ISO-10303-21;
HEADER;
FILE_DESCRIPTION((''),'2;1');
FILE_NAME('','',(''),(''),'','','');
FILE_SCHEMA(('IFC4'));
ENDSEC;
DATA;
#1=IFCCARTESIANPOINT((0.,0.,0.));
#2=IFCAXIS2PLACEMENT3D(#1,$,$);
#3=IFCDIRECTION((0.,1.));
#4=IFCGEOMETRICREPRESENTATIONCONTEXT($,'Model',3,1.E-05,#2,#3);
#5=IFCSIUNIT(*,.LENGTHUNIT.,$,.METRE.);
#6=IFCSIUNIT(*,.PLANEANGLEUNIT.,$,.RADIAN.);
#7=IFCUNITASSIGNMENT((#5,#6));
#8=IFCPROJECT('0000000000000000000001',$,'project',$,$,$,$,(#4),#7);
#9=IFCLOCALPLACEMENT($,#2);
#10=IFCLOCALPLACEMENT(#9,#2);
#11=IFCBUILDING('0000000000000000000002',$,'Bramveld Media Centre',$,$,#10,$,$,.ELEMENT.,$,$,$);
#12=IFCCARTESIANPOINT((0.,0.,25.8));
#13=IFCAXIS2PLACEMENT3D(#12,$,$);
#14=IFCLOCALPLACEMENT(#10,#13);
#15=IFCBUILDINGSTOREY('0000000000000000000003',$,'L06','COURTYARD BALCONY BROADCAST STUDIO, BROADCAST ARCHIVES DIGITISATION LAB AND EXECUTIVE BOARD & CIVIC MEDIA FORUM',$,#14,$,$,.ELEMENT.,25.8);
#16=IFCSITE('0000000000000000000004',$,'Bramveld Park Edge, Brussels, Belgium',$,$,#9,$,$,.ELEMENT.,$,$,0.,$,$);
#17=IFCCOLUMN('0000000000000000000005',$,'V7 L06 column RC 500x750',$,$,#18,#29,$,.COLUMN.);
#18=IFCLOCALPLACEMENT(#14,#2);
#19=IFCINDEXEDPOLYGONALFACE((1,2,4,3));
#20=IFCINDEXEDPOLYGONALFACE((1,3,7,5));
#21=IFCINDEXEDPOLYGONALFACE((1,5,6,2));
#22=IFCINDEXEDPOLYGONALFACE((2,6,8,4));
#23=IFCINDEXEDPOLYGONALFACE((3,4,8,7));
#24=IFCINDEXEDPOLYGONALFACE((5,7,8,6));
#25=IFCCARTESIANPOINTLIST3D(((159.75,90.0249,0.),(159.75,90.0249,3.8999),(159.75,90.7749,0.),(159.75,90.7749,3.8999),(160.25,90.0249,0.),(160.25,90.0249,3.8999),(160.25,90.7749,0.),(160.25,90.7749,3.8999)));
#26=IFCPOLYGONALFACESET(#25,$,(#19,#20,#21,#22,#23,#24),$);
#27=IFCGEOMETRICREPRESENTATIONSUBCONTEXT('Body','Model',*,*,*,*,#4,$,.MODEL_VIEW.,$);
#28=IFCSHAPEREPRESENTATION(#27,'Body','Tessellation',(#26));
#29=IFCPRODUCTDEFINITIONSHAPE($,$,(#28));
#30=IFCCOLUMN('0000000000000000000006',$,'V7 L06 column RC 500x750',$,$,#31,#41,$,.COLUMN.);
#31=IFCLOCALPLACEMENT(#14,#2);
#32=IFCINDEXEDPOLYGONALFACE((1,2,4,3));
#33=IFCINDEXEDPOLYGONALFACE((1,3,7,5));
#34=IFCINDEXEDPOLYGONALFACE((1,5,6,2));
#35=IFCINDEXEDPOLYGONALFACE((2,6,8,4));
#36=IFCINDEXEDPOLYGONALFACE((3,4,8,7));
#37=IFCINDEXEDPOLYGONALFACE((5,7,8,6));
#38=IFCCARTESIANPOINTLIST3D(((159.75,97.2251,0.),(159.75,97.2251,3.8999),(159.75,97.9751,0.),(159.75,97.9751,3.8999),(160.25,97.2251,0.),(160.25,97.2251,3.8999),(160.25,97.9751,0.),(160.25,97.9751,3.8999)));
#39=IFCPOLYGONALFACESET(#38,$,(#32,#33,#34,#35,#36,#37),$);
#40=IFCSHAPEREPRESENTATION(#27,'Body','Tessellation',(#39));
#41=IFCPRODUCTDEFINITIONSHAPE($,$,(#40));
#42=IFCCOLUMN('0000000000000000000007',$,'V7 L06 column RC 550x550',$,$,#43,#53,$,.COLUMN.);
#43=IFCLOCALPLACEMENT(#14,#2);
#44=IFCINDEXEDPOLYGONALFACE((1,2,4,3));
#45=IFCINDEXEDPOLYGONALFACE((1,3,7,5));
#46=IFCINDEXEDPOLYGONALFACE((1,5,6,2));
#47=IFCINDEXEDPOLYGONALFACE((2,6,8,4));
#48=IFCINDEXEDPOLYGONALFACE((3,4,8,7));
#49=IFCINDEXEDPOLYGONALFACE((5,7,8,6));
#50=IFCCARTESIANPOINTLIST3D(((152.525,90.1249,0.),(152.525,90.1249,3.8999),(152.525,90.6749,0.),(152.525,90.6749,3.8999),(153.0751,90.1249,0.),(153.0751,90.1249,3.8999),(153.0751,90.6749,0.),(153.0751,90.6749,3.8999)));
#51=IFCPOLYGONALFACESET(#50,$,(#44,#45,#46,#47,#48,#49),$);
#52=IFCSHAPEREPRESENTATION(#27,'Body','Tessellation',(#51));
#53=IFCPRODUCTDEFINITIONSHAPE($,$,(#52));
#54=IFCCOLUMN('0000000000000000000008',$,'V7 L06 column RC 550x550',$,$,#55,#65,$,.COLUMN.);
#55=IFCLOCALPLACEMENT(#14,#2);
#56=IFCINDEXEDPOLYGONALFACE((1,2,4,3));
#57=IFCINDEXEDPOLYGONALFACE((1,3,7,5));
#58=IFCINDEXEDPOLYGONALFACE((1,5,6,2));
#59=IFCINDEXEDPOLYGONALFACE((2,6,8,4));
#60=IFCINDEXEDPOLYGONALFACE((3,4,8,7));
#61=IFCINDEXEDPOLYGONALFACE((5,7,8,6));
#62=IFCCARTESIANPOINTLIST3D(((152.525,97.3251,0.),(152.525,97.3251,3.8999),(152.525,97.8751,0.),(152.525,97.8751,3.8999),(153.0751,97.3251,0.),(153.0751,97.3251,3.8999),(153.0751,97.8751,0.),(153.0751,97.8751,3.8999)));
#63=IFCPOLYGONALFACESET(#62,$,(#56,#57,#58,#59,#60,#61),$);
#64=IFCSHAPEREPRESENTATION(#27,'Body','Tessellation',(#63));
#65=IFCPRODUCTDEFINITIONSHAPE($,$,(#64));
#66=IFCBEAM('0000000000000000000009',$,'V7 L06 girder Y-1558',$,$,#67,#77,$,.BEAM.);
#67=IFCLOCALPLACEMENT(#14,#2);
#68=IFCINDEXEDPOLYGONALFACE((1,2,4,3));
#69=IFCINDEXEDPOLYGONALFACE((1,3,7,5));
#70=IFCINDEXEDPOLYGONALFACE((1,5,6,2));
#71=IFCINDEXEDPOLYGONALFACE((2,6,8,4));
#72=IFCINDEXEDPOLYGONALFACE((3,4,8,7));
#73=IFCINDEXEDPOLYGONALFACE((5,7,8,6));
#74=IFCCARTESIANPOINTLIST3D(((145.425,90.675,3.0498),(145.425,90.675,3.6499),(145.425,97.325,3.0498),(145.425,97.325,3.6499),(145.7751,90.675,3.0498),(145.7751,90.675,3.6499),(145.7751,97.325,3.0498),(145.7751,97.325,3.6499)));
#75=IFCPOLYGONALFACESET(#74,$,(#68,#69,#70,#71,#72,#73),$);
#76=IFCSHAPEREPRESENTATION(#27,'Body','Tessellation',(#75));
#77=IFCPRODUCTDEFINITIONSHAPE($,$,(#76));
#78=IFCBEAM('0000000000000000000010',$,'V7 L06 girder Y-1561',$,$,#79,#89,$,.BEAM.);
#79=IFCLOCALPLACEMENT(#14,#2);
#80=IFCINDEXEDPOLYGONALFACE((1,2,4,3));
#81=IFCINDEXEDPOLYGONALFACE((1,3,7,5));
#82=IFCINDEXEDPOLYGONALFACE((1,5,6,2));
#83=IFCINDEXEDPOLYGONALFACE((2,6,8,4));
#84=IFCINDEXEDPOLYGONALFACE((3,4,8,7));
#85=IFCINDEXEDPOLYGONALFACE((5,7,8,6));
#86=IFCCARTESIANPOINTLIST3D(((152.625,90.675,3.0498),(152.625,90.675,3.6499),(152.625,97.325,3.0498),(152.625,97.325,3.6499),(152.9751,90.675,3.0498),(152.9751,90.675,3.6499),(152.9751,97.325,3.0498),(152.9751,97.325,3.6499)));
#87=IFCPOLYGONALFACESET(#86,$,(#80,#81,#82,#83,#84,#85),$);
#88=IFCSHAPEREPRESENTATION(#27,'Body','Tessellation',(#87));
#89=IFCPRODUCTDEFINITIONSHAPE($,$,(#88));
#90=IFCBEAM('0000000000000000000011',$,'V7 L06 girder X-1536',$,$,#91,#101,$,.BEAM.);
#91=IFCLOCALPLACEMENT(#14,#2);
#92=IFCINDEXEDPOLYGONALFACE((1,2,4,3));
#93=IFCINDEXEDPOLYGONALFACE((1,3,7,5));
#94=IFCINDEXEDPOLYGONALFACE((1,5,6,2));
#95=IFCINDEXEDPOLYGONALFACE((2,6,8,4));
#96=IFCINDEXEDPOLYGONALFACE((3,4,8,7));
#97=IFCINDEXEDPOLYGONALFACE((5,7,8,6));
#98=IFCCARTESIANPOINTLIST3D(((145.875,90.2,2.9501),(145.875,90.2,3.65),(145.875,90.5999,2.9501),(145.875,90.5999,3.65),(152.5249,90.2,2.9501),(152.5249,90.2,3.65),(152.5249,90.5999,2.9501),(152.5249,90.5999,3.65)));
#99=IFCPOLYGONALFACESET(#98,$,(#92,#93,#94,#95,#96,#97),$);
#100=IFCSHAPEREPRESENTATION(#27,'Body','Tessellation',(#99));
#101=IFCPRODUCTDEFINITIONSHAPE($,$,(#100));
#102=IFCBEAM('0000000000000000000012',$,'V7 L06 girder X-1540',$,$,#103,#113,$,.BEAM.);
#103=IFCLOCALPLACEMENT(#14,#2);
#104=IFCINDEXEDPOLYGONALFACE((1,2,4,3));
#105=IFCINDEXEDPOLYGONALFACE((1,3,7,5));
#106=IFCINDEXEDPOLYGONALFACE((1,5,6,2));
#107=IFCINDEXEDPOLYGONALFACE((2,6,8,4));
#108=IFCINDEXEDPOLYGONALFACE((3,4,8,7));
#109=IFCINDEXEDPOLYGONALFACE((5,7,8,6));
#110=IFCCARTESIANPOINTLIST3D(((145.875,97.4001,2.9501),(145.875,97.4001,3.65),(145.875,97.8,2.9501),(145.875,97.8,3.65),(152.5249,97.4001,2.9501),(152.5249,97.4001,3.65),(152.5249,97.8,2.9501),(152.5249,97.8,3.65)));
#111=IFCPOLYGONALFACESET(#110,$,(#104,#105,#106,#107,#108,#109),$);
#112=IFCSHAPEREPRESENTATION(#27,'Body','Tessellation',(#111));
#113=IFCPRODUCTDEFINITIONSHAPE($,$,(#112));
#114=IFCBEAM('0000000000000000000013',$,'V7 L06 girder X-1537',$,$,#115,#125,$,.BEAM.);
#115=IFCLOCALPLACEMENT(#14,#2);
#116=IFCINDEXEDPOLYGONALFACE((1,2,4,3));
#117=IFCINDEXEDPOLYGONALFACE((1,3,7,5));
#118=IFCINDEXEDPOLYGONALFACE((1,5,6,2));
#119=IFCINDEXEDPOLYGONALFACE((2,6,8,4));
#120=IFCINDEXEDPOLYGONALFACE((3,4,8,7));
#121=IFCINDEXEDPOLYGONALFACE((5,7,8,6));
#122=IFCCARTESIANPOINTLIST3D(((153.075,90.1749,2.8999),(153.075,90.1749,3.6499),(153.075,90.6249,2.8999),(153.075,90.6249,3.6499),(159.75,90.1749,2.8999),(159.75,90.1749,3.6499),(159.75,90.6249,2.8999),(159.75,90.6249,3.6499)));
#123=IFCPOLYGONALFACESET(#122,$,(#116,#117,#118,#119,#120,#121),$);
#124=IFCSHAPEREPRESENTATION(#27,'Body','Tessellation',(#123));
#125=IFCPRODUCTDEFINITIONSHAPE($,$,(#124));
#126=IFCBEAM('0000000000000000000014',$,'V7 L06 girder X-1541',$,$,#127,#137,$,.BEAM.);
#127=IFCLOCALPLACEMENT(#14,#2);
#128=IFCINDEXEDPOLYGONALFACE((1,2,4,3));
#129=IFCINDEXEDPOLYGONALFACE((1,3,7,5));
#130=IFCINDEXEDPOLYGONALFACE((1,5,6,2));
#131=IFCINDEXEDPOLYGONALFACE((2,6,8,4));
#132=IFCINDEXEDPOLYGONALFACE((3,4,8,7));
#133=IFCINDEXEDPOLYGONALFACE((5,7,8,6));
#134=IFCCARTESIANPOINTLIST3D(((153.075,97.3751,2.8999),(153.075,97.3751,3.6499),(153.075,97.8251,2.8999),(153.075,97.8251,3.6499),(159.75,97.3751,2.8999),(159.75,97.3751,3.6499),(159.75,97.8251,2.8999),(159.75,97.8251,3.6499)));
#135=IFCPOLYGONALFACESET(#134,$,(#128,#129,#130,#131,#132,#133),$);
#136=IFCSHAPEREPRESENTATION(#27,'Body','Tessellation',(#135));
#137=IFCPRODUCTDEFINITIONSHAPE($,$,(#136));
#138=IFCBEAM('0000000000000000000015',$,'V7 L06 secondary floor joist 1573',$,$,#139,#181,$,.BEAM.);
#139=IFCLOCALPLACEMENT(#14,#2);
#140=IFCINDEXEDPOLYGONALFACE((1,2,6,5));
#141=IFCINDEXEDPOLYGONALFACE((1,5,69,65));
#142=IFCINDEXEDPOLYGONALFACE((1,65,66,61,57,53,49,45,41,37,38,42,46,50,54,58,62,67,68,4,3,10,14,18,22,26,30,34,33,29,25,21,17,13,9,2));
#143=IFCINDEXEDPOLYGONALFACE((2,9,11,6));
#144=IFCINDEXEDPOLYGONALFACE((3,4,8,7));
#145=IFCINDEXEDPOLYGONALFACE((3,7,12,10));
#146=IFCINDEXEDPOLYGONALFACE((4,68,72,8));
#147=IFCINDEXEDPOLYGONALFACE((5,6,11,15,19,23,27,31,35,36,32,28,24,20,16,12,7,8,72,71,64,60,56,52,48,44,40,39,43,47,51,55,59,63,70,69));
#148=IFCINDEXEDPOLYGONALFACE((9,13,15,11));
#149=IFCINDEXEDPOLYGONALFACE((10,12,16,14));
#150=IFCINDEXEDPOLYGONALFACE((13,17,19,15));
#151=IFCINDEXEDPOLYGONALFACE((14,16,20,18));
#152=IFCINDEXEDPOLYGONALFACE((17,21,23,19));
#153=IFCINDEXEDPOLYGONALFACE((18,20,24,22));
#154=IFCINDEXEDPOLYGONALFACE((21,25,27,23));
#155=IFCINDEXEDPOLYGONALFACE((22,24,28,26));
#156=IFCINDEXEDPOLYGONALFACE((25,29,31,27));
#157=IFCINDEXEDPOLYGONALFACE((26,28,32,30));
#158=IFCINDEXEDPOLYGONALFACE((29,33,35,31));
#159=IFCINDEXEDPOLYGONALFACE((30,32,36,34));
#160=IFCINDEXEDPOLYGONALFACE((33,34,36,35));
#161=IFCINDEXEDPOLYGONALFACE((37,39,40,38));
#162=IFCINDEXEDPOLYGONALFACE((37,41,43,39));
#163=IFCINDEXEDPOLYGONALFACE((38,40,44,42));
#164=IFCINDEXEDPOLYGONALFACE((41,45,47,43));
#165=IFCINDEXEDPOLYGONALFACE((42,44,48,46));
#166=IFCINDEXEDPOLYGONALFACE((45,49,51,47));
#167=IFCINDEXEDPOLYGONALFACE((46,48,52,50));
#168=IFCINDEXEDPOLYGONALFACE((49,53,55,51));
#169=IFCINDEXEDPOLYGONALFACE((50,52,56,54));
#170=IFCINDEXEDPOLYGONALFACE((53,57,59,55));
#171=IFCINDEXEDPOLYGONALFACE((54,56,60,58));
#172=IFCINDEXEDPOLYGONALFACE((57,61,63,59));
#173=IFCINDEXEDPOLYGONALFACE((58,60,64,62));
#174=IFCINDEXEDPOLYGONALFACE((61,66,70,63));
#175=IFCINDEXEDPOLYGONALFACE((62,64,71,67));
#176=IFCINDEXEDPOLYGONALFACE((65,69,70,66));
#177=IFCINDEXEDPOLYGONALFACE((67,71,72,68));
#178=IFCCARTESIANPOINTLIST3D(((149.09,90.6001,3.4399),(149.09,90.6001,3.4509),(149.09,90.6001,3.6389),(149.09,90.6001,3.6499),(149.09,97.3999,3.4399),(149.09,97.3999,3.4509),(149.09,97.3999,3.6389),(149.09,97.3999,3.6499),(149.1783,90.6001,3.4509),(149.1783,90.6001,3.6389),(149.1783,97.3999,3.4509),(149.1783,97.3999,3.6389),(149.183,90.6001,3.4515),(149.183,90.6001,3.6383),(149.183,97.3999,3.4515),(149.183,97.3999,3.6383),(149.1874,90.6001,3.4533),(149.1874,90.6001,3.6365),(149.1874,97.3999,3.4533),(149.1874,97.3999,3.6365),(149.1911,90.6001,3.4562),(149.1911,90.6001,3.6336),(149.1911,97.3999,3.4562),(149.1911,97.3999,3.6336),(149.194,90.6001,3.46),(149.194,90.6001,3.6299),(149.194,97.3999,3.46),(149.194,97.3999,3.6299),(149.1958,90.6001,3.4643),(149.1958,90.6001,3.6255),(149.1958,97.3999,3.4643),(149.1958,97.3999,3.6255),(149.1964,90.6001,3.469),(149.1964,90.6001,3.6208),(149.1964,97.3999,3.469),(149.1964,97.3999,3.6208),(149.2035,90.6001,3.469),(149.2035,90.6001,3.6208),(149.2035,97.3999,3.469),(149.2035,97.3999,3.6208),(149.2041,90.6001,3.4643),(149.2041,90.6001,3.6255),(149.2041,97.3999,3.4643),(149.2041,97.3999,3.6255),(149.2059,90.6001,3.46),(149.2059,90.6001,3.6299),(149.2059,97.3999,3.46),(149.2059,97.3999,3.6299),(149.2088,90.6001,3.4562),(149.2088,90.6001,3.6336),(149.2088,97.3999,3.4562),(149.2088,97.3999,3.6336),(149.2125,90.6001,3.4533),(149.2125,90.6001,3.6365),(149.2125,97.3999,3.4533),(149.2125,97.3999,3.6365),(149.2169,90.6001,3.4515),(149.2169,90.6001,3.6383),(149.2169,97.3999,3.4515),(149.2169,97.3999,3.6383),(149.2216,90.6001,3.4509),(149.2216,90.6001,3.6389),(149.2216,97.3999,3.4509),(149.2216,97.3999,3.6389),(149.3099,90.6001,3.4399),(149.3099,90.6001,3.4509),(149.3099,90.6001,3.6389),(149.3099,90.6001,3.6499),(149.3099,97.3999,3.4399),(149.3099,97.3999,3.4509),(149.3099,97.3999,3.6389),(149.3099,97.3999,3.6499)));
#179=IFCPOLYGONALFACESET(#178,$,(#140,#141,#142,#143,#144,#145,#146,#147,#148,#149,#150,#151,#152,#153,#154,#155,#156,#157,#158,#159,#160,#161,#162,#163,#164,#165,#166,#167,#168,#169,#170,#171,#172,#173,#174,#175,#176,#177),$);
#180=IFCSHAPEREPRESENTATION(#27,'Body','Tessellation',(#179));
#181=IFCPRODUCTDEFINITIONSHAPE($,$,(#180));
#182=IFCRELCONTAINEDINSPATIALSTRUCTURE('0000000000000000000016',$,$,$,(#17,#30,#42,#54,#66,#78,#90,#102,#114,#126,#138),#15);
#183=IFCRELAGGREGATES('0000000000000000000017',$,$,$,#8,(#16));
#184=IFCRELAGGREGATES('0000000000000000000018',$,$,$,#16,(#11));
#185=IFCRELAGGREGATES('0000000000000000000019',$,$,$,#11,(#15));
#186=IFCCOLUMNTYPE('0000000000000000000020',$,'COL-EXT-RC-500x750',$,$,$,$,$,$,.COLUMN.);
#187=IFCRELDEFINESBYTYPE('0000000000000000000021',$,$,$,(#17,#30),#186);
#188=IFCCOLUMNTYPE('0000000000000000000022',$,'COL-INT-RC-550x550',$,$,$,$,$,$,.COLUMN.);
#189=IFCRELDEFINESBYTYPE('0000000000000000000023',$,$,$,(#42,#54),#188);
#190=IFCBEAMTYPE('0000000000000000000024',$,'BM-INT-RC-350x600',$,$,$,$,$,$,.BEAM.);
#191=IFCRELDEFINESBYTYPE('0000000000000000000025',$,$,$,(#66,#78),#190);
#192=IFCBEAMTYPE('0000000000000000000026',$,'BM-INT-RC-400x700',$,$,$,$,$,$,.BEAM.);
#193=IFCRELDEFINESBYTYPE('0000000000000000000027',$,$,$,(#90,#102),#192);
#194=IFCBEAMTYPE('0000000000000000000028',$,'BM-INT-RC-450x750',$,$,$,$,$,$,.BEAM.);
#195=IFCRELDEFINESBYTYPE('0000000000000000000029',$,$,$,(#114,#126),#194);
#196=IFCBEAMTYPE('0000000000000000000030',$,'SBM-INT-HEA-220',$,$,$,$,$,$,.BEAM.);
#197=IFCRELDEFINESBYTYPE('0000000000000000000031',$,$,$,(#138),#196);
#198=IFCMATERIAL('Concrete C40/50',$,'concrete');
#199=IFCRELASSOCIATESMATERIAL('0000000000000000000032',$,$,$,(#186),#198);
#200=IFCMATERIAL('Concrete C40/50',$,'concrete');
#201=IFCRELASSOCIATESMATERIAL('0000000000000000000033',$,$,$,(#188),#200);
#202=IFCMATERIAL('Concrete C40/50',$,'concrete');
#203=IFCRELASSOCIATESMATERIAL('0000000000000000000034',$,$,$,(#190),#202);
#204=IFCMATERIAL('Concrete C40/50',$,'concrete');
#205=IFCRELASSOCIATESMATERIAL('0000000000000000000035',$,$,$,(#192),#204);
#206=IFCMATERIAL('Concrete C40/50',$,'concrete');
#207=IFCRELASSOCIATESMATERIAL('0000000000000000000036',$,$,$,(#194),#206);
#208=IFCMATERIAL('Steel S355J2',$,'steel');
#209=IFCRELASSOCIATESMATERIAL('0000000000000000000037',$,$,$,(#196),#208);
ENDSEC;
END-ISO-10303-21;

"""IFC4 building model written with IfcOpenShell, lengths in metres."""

from ifc_helpers import new_model, si_unit, direction, frame, origin, origin_2d, place, context, subcontext, project, spatial, rectangle, i_section, extrude, material, material_profile, profile_set, type_object, element, save


model = new_model("IFC4")

# Units and contexts
model_context = context("Model", 3, precision=1e-05, world=origin(), true_north=direction((0.0, 1.0)))
body_context = subcontext(model_context, "Body", "Model", "MODEL_VIEW")
ifc_project = project(units=[si_unit("LENGTHUNIT", "METRE"), si_unit("PLANEANGLEUNIT", "RADIAN")], contexts=[model_context])

# Site, building, storey
site_placement = place(None, origin())
site = spatial("IfcSite", under=ifc_project, at=site_placement, Name="Bramveld Park Edge, Brussels, Belgium", CompositionType="ELEMENT", RefElevation=0.0)
building_placement = place(site_placement, origin())
building = spatial("IfcBuilding", under=site, at=building_placement, Name="Bramveld Media Centre", CompositionType="ELEMENT")
storey_placement = place(building_placement, frame((0.0, 0.0, 25.8)))
storey = spatial("IfcBuildingStorey", under=building, at=storey_placement, Name="L06", Description="COURTYARD BALCONY BROADCAST STUDIO, BROADCAST ARCHIVES DIGITISATION LAB AND EXECUTIVE BOARD & CIVIC MEDIA FORUM", CompositionType="ELEMENT", Elevation=25.8)

# Columns
ifc_material_1 = material(Name="Concrete C40/50", Category="concrete")
ifc_material_profile_1 = material_profile(ifc_material_1, rectangle(XDim=0.5, YDim=0.75, at=origin_2d()), Name="RC 500x750")
ifc_profile_set_1 = profile_set([ifc_material_profile_1], Name="Concrete C40/50")
column_type_1 = type_object("IfcColumnType", Name="COL-EXT-RC-500x750", PredefinedType="COLUMN", material=ifc_profile_set_1)
for number, where, z_axis, x_axis, name in (
    (1, (160.0, 90.3999, 0.0), (0.0, 0.0, 1.0), (1.0, 0.0, 0.0), "V7 L06 column RC 500x750"),
    (2, (160.0, 97.6001, 0.0), (0.0, 0.0, 1.0), (1.0, 0.0, 0.0), "V7 L06 column RC 500x750"),
):
    element("IfcColumn", number, at=place(storey_placement, frame(where, z_axis=z_axis, x_axis=x_axis)), inside=storey, type_object=column_type_1, Name=name, PredefinedType="COLUMN", context=body_context, shape_type="SweptSolid", body=[
        extrude(rectangle(XDim=0.5, YDim=0.75, at=origin_2d()), origin(), (0.0, 0.0, 1.0), 3.8999),
    ])
ifc_material_2 = material(Name="Concrete C40/50", Category="concrete")
ifc_material_profile_2 = material_profile(ifc_material_2, rectangle(XDim=0.55, YDim=0.55, at=origin_2d()), Name="RC 550x550")
ifc_profile_set_2 = profile_set([ifc_material_profile_2], Name="Concrete C40/50")
column_type_2 = type_object("IfcColumnType", Name="COL-INT-RC-550x550", PredefinedType="COLUMN", material=ifc_profile_set_2)
for number, where, z_axis, x_axis, name in (
    (3, (152.8, 90.3999, 0.0), (0.0, 0.0, 1.0), (1.0, 0.0, 0.0), "V7 L06 column RC 550x550"),
    (4, (152.8, 97.6001, 0.0), (0.0, 0.0, 1.0), (1.0, 0.0, 0.0), "V7 L06 column RC 550x550"),
):
    element("IfcColumn", number, at=place(storey_placement, frame(where, z_axis=z_axis, x_axis=x_axis)), inside=storey, type_object=column_type_2, Name=name, PredefinedType="COLUMN", context=body_context, shape_type="SweptSolid", body=[
        extrude(rectangle(XDim=0.55, YDim=0.55, at=origin_2d()), origin(), (0.0, 0.0, 1.0), 3.8999),
    ])

# Beams
ifc_material_3 = material(Name="Concrete C40/50", Category="concrete")
ifc_material_profile_3 = material_profile(ifc_material_3, rectangle(XDim=0.3501, YDim=0.6001, at=origin_2d()), Name="RC 350x600")
ifc_profile_set_3 = profile_set([ifc_material_profile_3], Name="Concrete C40/50")
beam_type_1 = type_object("IfcBeamType", Name="BM-INT-RC-350x600", PredefinedType="BEAM", material=ifc_profile_set_3)
for number, where, z_axis, x_axis, name in (
    (5, (145.6001, 90.675, 3.3499), (0.0, 1.0, 0.0), (-1.0, 0.0, 0.0), "V7 L06 girder Y-1558"),
    (6, (152.8, 90.675, 3.3499), (0.0, 1.0, 0.0), (-1.0, 0.0, 0.0), "V7 L06 girder Y-1561"),
):
    element("IfcBeam", number, at=place(storey_placement, frame(where, z_axis=z_axis, x_axis=x_axis)), inside=storey, type_object=beam_type_1, Name=name, PredefinedType="BEAM", context=body_context, shape_type="SweptSolid", body=[
        extrude(rectangle(XDim=0.3501, YDim=0.6001, at=origin_2d()), origin(), (0.0, 0.0, 1.0), 6.6499),
    ])
ifc_material_4 = material(Name="Concrete C40/50", Category="concrete")
ifc_material_profile_4 = material_profile(ifc_material_4, rectangle(XDim=0.3999, YDim=0.7, at=origin_2d()), Name="RC 400x700")
ifc_profile_set_4 = profile_set([ifc_material_profile_4], Name="Concrete C40/50")
beam_type_2 = type_object("IfcBeamType", Name="BM-INT-RC-400x700", PredefinedType="BEAM", material=ifc_profile_set_4)
for number, where, z_axis, x_axis, name in (
    (7, (145.875, 90.3999, 3.3), (1.0, 0.0, 0.0), (0.0, 1.0, 0.0), "V7 L06 girder X-1536"),
    (8, (145.875, 97.6001, 3.3), (1.0, 0.0, 0.0), (0.0, 1.0, 0.0), "V7 L06 girder X-1540"),
):
    element("IfcBeam", number, at=place(storey_placement, frame(where, z_axis=z_axis, x_axis=x_axis)), inside=storey, type_object=beam_type_2, Name=name, PredefinedType="BEAM", context=body_context, shape_type="SweptSolid", body=[
        extrude(rectangle(XDim=0.3999, YDim=0.7, at=origin_2d()), origin(), (0.0, 0.0, 1.0), 6.6499),
    ])
ifc_material_5 = material(Name="Concrete C40/50", Category="concrete")
ifc_material_profile_5 = material_profile(ifc_material_5, rectangle(XDim=0.45, YDim=0.75, at=origin_2d()), Name="RC 450x750")
ifc_profile_set_5 = profile_set([ifc_material_profile_5], Name="Concrete C40/50")
beam_type_3 = type_object("IfcBeamType", Name="BM-INT-RC-450x750", PredefinedType="BEAM", material=ifc_profile_set_5)
for number, where, z_axis, x_axis, name in (
    (9, (153.075, 90.3999, 3.2749), (1.0, 0.0, 0.0), (0.0, 1.0, 0.0), "V7 L06 girder X-1537"),
    (10, (153.075, 97.6001, 3.2749), (1.0, 0.0, 0.0), (0.0, 1.0, 0.0), "V7 L06 girder X-1541"),
):
    element("IfcBeam", number, at=place(storey_placement, frame(where, z_axis=z_axis, x_axis=x_axis)), inside=storey, type_object=beam_type_3, Name=name, PredefinedType="BEAM", context=body_context, shape_type="SweptSolid", body=[
        extrude(rectangle(XDim=0.45, YDim=0.75, at=origin_2d()), origin(), (0.0, 0.0, 1.0), 6.675),
    ])
ifc_material_6 = material(Name="Steel S355J2", Category="steel")
ifc_material_profile_6 = material_profile(ifc_material_6, i_section(OverallWidth=0.22, OverallDepth=0.21, WebThickness=0.0071, FlangeThickness=0.011, FilletRadius=0.0181, at=origin_2d()), Name="HEA 220")
ifc_profile_set_6 = profile_set([ifc_material_profile_6], Name="Steel S355J2")
beam_type_4 = type_object("IfcBeamType", Name="SBM-INT-HEA-220", PredefinedType="BEAM", material=ifc_profile_set_6)
beam_1_placement = place(storey_placement, frame((149.2, 90.6001, 3.5449), z_axis=(0.0, 1.0, 0.0), x_axis=(-1.0, 0.0, 0.0)))
element("IfcBeam", 11, at=beam_1_placement, inside=storey, type_object=beam_type_4, Name="V7 L06 secondary floor joist 1573", PredefinedType="BEAM", context=body_context, shape_type="SweptSolid", body=[
    extrude(i_section(OverallWidth=0.22, OverallDepth=0.21, WebThickness=0.0071, FlangeThickness=0.011, FilletRadius=0.0181, at=origin_2d()), origin(), (0.0, 0.0, 1.0), 6.7998),
])

save(model, "model.ifc")
